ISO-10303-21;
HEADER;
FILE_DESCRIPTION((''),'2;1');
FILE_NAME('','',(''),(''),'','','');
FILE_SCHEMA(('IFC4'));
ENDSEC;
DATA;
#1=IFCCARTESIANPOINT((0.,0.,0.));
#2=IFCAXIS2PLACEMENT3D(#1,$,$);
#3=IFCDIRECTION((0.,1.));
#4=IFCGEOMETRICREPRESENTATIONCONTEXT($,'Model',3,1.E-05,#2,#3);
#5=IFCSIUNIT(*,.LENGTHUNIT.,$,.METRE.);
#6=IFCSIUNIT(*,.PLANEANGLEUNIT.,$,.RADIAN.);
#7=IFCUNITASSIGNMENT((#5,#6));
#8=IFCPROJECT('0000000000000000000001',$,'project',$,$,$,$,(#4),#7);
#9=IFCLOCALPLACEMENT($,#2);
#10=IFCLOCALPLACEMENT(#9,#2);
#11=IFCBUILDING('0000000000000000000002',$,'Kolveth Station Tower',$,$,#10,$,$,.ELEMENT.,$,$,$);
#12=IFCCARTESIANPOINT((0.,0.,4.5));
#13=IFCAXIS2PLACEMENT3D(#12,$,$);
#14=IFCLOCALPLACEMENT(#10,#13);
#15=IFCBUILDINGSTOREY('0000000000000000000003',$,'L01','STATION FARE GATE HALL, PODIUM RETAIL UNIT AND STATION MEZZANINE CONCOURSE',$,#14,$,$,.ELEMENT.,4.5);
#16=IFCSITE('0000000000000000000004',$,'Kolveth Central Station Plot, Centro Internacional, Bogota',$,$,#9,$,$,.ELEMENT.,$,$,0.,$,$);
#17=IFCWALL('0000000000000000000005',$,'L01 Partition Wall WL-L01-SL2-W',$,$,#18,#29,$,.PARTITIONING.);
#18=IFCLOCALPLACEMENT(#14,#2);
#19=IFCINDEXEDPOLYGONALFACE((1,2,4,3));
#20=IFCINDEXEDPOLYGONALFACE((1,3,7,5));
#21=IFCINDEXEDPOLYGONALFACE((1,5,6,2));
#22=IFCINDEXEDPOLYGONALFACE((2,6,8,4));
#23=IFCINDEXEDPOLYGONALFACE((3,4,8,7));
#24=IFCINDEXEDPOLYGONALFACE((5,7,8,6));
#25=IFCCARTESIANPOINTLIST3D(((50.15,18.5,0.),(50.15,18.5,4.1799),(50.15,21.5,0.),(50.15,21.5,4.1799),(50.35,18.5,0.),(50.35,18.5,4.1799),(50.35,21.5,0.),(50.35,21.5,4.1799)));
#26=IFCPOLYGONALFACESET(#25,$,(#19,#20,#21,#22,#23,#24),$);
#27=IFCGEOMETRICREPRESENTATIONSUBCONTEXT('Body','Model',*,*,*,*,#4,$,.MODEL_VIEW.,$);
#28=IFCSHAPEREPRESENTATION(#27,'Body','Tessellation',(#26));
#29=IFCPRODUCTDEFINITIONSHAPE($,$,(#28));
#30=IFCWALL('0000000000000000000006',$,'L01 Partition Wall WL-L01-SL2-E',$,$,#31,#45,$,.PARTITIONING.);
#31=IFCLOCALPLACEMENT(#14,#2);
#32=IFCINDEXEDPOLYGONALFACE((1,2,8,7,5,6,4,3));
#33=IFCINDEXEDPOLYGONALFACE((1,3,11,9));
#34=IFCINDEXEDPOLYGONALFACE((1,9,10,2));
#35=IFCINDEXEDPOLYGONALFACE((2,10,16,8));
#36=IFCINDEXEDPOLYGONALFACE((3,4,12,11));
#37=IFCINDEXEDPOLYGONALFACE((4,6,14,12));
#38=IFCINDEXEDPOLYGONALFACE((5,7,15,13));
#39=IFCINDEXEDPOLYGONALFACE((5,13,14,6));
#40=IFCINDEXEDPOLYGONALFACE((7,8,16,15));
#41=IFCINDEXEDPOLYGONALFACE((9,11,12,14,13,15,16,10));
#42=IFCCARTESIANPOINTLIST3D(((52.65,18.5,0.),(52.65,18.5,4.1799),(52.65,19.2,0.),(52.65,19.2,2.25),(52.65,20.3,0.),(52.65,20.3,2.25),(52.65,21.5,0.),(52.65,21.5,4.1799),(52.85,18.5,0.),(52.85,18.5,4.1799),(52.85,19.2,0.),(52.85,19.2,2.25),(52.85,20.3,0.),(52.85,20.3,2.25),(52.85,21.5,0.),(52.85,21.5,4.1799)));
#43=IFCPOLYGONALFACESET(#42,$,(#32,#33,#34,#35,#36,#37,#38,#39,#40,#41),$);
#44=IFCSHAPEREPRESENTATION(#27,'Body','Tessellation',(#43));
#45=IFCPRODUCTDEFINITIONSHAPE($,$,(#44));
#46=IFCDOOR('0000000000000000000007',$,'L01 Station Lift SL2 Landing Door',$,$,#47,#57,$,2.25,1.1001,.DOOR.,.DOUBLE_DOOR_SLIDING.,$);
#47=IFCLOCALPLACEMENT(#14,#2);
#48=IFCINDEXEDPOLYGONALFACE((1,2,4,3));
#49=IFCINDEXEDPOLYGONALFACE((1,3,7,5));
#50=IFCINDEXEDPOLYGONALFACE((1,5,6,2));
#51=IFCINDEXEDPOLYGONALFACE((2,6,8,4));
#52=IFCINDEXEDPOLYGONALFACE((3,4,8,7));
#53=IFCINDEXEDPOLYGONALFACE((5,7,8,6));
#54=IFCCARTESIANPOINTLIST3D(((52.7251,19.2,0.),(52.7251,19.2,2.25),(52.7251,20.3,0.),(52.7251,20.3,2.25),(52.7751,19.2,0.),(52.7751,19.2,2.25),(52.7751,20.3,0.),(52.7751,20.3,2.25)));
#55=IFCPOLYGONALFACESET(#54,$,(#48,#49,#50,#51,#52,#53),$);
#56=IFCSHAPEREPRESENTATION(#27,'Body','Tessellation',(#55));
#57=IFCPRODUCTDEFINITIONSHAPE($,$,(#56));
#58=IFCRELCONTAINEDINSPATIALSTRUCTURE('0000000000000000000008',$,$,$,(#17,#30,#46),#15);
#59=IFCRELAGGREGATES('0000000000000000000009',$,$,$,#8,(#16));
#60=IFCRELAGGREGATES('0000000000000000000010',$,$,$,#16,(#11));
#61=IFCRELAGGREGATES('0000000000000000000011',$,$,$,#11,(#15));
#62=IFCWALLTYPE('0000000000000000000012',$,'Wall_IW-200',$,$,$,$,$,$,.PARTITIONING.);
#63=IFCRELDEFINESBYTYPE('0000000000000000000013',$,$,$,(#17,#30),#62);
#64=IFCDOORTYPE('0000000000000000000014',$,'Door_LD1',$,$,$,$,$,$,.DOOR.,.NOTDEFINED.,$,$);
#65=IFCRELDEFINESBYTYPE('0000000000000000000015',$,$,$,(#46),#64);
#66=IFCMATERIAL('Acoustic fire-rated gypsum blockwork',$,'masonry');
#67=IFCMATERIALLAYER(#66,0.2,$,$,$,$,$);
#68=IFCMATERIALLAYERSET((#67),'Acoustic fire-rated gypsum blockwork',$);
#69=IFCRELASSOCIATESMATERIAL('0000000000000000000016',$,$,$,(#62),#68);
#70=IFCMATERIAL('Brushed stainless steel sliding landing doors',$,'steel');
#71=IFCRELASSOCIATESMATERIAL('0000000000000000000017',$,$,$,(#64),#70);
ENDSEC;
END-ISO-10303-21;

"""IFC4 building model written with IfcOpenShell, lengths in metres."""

from ifc_helpers import new_model, si_unit, direction, frame, frame_2d, origin, place, context, subcontext, project, spatial, rectangle, extrude, material, layer, layer_set, type_object, element, fill, save


model = new_model("IFC4")

# Units and contexts
model_context = context("Model", 3, precision=1e-05, world=origin(), true_north=direction((0.0, 1.0)))
body_context = subcontext(model_context, "Body", "Model", "MODEL_VIEW")
ifc_project = project(units=[si_unit("LENGTHUNIT", "METRE"), si_unit("PLANEANGLEUNIT", "RADIAN")], contexts=[model_context])

# Site, building, storey
site_placement = place(None, origin())
site = spatial("IfcSite", under=ifc_project, at=site_placement, Name="Kolveth Central Station Plot, Centro Internacional, Bogota", CompositionType="ELEMENT", RefElevation=0.0)
building_placement = place(site_placement, origin())
building = spatial("IfcBuilding", under=site, at=building_placement, Name="Kolveth Station Tower", CompositionType="ELEMENT")
storey_placement = place(building_placement, frame((0.0, 0.0, 4.5)))
storey = spatial("IfcBuildingStorey", under=building, at=storey_placement, Name="L01", Description="STATION FARE GATE HALL, PODIUM RETAIL UNIT AND STATION MEZZANINE CONCOURSE", CompositionType="ELEMENT", Elevation=4.5)

# Wall
ifc_material_1 = material(Name="Acoustic fire-rated gypsum blockwork", Category="masonry")
ifc_layer_1 = layer(ifc_material_1, 0.2)
ifc_layer_set_1 = layer_set([ifc_layer_1], Name="Acoustic fire-rated gypsum blockwork")
wall_type = type_object("IfcWallType", Name="Wall_IW-200", PredefinedType="PARTITIONING", material=ifc_layer_set_1)
wall_1_placement = place(storey_placement, frame((50.25, 18.5, 0.0), z_axis=(0.0, 0.0, 1.0), x_axis=(0.0, 1.0, 0.0)))
element("IfcWall", 1, at=wall_1_placement, inside=storey, type_object=wall_type, Name="L01 Partition Wall WL-L01-SL2-W", PredefinedType="PARTITIONING", context=body_context, shape_type="SweptSolid", body=[
    extrude(rectangle(XDim=3.0, YDim=0.2, at=frame_2d((1.5, 0.0))), origin(), (0.0, 0.0, 1.0), 4.1799),
])

# Wall, opening, door
wall_2_placement = place(storey_placement, frame((52.75, 18.5, 0.0), z_axis=(0.0, 0.0, 1.0), x_axis=(0.0, 1.0, 0.0)))
wall_2 = element("IfcWall", 2, at=wall_2_placement, inside=storey, type_object=wall_type, Name="L01 Partition Wall WL-L01-SL2-E", PredefinedType="PARTITIONING", context=body_context, shape_type="SweptSolid", body=[
    extrude(rectangle(XDim=3.0, YDim=0.2, at=frame_2d((1.5, 0.0))), origin(), (0.0, 0.0, 1.0), 4.1799),
])
opening_placement = place(wall_2_placement, frame((0.7, 0.0, 0.0)))
opening = element("IfcOpeningElement", 3, at=opening_placement, cuts=wall_2, PredefinedType="OPENING", context=body_context, shape_type="SweptSolid", body=[
    extrude(rectangle(XDim=1.1001, YDim=2.25, at=frame_2d((0.55, 1.125))), frame((0.0, 0.1099, 0.0), z_axis=(0.0, -1.0, 0.0), x_axis=(1.0, 0.0, 0.0)), (0.0, 0.0, 1.0), 0.22),
])
ifc_material_2 = material(Name="Brushed stainless steel sliding landing doors", Category="steel")
door_type = type_object("IfcDoorType", Name="Door_LD1", OperationType="NOTDEFINED", PredefinedType="DOOR", material=ifc_material_2)
door_placement = place(opening_placement, origin())
door = element("IfcDoor", 4, at=door_placement, inside=storey, type_object=door_type, Name="L01 Station Lift SL2 Landing Door", OperationType="DOUBLE_DOOR_SLIDING", OverallHeight=2.25, OverallWidth=1.1001, PredefinedType="DOOR", context=body_context, shape_type="SweptSolid", body=[
    extrude(rectangle(XDim=1.1001, YDim=2.25, at=frame_2d((0.55, 1.125))), frame((0.0, 0.0249, 0.0), z_axis=(0.0, -1.0, 0.0), x_axis=(1.0, 0.0, 0.0)), (0.0, 0.0, 1.0), 0.05),
])
fill(opening, door)

save(model, "model.ifc")
